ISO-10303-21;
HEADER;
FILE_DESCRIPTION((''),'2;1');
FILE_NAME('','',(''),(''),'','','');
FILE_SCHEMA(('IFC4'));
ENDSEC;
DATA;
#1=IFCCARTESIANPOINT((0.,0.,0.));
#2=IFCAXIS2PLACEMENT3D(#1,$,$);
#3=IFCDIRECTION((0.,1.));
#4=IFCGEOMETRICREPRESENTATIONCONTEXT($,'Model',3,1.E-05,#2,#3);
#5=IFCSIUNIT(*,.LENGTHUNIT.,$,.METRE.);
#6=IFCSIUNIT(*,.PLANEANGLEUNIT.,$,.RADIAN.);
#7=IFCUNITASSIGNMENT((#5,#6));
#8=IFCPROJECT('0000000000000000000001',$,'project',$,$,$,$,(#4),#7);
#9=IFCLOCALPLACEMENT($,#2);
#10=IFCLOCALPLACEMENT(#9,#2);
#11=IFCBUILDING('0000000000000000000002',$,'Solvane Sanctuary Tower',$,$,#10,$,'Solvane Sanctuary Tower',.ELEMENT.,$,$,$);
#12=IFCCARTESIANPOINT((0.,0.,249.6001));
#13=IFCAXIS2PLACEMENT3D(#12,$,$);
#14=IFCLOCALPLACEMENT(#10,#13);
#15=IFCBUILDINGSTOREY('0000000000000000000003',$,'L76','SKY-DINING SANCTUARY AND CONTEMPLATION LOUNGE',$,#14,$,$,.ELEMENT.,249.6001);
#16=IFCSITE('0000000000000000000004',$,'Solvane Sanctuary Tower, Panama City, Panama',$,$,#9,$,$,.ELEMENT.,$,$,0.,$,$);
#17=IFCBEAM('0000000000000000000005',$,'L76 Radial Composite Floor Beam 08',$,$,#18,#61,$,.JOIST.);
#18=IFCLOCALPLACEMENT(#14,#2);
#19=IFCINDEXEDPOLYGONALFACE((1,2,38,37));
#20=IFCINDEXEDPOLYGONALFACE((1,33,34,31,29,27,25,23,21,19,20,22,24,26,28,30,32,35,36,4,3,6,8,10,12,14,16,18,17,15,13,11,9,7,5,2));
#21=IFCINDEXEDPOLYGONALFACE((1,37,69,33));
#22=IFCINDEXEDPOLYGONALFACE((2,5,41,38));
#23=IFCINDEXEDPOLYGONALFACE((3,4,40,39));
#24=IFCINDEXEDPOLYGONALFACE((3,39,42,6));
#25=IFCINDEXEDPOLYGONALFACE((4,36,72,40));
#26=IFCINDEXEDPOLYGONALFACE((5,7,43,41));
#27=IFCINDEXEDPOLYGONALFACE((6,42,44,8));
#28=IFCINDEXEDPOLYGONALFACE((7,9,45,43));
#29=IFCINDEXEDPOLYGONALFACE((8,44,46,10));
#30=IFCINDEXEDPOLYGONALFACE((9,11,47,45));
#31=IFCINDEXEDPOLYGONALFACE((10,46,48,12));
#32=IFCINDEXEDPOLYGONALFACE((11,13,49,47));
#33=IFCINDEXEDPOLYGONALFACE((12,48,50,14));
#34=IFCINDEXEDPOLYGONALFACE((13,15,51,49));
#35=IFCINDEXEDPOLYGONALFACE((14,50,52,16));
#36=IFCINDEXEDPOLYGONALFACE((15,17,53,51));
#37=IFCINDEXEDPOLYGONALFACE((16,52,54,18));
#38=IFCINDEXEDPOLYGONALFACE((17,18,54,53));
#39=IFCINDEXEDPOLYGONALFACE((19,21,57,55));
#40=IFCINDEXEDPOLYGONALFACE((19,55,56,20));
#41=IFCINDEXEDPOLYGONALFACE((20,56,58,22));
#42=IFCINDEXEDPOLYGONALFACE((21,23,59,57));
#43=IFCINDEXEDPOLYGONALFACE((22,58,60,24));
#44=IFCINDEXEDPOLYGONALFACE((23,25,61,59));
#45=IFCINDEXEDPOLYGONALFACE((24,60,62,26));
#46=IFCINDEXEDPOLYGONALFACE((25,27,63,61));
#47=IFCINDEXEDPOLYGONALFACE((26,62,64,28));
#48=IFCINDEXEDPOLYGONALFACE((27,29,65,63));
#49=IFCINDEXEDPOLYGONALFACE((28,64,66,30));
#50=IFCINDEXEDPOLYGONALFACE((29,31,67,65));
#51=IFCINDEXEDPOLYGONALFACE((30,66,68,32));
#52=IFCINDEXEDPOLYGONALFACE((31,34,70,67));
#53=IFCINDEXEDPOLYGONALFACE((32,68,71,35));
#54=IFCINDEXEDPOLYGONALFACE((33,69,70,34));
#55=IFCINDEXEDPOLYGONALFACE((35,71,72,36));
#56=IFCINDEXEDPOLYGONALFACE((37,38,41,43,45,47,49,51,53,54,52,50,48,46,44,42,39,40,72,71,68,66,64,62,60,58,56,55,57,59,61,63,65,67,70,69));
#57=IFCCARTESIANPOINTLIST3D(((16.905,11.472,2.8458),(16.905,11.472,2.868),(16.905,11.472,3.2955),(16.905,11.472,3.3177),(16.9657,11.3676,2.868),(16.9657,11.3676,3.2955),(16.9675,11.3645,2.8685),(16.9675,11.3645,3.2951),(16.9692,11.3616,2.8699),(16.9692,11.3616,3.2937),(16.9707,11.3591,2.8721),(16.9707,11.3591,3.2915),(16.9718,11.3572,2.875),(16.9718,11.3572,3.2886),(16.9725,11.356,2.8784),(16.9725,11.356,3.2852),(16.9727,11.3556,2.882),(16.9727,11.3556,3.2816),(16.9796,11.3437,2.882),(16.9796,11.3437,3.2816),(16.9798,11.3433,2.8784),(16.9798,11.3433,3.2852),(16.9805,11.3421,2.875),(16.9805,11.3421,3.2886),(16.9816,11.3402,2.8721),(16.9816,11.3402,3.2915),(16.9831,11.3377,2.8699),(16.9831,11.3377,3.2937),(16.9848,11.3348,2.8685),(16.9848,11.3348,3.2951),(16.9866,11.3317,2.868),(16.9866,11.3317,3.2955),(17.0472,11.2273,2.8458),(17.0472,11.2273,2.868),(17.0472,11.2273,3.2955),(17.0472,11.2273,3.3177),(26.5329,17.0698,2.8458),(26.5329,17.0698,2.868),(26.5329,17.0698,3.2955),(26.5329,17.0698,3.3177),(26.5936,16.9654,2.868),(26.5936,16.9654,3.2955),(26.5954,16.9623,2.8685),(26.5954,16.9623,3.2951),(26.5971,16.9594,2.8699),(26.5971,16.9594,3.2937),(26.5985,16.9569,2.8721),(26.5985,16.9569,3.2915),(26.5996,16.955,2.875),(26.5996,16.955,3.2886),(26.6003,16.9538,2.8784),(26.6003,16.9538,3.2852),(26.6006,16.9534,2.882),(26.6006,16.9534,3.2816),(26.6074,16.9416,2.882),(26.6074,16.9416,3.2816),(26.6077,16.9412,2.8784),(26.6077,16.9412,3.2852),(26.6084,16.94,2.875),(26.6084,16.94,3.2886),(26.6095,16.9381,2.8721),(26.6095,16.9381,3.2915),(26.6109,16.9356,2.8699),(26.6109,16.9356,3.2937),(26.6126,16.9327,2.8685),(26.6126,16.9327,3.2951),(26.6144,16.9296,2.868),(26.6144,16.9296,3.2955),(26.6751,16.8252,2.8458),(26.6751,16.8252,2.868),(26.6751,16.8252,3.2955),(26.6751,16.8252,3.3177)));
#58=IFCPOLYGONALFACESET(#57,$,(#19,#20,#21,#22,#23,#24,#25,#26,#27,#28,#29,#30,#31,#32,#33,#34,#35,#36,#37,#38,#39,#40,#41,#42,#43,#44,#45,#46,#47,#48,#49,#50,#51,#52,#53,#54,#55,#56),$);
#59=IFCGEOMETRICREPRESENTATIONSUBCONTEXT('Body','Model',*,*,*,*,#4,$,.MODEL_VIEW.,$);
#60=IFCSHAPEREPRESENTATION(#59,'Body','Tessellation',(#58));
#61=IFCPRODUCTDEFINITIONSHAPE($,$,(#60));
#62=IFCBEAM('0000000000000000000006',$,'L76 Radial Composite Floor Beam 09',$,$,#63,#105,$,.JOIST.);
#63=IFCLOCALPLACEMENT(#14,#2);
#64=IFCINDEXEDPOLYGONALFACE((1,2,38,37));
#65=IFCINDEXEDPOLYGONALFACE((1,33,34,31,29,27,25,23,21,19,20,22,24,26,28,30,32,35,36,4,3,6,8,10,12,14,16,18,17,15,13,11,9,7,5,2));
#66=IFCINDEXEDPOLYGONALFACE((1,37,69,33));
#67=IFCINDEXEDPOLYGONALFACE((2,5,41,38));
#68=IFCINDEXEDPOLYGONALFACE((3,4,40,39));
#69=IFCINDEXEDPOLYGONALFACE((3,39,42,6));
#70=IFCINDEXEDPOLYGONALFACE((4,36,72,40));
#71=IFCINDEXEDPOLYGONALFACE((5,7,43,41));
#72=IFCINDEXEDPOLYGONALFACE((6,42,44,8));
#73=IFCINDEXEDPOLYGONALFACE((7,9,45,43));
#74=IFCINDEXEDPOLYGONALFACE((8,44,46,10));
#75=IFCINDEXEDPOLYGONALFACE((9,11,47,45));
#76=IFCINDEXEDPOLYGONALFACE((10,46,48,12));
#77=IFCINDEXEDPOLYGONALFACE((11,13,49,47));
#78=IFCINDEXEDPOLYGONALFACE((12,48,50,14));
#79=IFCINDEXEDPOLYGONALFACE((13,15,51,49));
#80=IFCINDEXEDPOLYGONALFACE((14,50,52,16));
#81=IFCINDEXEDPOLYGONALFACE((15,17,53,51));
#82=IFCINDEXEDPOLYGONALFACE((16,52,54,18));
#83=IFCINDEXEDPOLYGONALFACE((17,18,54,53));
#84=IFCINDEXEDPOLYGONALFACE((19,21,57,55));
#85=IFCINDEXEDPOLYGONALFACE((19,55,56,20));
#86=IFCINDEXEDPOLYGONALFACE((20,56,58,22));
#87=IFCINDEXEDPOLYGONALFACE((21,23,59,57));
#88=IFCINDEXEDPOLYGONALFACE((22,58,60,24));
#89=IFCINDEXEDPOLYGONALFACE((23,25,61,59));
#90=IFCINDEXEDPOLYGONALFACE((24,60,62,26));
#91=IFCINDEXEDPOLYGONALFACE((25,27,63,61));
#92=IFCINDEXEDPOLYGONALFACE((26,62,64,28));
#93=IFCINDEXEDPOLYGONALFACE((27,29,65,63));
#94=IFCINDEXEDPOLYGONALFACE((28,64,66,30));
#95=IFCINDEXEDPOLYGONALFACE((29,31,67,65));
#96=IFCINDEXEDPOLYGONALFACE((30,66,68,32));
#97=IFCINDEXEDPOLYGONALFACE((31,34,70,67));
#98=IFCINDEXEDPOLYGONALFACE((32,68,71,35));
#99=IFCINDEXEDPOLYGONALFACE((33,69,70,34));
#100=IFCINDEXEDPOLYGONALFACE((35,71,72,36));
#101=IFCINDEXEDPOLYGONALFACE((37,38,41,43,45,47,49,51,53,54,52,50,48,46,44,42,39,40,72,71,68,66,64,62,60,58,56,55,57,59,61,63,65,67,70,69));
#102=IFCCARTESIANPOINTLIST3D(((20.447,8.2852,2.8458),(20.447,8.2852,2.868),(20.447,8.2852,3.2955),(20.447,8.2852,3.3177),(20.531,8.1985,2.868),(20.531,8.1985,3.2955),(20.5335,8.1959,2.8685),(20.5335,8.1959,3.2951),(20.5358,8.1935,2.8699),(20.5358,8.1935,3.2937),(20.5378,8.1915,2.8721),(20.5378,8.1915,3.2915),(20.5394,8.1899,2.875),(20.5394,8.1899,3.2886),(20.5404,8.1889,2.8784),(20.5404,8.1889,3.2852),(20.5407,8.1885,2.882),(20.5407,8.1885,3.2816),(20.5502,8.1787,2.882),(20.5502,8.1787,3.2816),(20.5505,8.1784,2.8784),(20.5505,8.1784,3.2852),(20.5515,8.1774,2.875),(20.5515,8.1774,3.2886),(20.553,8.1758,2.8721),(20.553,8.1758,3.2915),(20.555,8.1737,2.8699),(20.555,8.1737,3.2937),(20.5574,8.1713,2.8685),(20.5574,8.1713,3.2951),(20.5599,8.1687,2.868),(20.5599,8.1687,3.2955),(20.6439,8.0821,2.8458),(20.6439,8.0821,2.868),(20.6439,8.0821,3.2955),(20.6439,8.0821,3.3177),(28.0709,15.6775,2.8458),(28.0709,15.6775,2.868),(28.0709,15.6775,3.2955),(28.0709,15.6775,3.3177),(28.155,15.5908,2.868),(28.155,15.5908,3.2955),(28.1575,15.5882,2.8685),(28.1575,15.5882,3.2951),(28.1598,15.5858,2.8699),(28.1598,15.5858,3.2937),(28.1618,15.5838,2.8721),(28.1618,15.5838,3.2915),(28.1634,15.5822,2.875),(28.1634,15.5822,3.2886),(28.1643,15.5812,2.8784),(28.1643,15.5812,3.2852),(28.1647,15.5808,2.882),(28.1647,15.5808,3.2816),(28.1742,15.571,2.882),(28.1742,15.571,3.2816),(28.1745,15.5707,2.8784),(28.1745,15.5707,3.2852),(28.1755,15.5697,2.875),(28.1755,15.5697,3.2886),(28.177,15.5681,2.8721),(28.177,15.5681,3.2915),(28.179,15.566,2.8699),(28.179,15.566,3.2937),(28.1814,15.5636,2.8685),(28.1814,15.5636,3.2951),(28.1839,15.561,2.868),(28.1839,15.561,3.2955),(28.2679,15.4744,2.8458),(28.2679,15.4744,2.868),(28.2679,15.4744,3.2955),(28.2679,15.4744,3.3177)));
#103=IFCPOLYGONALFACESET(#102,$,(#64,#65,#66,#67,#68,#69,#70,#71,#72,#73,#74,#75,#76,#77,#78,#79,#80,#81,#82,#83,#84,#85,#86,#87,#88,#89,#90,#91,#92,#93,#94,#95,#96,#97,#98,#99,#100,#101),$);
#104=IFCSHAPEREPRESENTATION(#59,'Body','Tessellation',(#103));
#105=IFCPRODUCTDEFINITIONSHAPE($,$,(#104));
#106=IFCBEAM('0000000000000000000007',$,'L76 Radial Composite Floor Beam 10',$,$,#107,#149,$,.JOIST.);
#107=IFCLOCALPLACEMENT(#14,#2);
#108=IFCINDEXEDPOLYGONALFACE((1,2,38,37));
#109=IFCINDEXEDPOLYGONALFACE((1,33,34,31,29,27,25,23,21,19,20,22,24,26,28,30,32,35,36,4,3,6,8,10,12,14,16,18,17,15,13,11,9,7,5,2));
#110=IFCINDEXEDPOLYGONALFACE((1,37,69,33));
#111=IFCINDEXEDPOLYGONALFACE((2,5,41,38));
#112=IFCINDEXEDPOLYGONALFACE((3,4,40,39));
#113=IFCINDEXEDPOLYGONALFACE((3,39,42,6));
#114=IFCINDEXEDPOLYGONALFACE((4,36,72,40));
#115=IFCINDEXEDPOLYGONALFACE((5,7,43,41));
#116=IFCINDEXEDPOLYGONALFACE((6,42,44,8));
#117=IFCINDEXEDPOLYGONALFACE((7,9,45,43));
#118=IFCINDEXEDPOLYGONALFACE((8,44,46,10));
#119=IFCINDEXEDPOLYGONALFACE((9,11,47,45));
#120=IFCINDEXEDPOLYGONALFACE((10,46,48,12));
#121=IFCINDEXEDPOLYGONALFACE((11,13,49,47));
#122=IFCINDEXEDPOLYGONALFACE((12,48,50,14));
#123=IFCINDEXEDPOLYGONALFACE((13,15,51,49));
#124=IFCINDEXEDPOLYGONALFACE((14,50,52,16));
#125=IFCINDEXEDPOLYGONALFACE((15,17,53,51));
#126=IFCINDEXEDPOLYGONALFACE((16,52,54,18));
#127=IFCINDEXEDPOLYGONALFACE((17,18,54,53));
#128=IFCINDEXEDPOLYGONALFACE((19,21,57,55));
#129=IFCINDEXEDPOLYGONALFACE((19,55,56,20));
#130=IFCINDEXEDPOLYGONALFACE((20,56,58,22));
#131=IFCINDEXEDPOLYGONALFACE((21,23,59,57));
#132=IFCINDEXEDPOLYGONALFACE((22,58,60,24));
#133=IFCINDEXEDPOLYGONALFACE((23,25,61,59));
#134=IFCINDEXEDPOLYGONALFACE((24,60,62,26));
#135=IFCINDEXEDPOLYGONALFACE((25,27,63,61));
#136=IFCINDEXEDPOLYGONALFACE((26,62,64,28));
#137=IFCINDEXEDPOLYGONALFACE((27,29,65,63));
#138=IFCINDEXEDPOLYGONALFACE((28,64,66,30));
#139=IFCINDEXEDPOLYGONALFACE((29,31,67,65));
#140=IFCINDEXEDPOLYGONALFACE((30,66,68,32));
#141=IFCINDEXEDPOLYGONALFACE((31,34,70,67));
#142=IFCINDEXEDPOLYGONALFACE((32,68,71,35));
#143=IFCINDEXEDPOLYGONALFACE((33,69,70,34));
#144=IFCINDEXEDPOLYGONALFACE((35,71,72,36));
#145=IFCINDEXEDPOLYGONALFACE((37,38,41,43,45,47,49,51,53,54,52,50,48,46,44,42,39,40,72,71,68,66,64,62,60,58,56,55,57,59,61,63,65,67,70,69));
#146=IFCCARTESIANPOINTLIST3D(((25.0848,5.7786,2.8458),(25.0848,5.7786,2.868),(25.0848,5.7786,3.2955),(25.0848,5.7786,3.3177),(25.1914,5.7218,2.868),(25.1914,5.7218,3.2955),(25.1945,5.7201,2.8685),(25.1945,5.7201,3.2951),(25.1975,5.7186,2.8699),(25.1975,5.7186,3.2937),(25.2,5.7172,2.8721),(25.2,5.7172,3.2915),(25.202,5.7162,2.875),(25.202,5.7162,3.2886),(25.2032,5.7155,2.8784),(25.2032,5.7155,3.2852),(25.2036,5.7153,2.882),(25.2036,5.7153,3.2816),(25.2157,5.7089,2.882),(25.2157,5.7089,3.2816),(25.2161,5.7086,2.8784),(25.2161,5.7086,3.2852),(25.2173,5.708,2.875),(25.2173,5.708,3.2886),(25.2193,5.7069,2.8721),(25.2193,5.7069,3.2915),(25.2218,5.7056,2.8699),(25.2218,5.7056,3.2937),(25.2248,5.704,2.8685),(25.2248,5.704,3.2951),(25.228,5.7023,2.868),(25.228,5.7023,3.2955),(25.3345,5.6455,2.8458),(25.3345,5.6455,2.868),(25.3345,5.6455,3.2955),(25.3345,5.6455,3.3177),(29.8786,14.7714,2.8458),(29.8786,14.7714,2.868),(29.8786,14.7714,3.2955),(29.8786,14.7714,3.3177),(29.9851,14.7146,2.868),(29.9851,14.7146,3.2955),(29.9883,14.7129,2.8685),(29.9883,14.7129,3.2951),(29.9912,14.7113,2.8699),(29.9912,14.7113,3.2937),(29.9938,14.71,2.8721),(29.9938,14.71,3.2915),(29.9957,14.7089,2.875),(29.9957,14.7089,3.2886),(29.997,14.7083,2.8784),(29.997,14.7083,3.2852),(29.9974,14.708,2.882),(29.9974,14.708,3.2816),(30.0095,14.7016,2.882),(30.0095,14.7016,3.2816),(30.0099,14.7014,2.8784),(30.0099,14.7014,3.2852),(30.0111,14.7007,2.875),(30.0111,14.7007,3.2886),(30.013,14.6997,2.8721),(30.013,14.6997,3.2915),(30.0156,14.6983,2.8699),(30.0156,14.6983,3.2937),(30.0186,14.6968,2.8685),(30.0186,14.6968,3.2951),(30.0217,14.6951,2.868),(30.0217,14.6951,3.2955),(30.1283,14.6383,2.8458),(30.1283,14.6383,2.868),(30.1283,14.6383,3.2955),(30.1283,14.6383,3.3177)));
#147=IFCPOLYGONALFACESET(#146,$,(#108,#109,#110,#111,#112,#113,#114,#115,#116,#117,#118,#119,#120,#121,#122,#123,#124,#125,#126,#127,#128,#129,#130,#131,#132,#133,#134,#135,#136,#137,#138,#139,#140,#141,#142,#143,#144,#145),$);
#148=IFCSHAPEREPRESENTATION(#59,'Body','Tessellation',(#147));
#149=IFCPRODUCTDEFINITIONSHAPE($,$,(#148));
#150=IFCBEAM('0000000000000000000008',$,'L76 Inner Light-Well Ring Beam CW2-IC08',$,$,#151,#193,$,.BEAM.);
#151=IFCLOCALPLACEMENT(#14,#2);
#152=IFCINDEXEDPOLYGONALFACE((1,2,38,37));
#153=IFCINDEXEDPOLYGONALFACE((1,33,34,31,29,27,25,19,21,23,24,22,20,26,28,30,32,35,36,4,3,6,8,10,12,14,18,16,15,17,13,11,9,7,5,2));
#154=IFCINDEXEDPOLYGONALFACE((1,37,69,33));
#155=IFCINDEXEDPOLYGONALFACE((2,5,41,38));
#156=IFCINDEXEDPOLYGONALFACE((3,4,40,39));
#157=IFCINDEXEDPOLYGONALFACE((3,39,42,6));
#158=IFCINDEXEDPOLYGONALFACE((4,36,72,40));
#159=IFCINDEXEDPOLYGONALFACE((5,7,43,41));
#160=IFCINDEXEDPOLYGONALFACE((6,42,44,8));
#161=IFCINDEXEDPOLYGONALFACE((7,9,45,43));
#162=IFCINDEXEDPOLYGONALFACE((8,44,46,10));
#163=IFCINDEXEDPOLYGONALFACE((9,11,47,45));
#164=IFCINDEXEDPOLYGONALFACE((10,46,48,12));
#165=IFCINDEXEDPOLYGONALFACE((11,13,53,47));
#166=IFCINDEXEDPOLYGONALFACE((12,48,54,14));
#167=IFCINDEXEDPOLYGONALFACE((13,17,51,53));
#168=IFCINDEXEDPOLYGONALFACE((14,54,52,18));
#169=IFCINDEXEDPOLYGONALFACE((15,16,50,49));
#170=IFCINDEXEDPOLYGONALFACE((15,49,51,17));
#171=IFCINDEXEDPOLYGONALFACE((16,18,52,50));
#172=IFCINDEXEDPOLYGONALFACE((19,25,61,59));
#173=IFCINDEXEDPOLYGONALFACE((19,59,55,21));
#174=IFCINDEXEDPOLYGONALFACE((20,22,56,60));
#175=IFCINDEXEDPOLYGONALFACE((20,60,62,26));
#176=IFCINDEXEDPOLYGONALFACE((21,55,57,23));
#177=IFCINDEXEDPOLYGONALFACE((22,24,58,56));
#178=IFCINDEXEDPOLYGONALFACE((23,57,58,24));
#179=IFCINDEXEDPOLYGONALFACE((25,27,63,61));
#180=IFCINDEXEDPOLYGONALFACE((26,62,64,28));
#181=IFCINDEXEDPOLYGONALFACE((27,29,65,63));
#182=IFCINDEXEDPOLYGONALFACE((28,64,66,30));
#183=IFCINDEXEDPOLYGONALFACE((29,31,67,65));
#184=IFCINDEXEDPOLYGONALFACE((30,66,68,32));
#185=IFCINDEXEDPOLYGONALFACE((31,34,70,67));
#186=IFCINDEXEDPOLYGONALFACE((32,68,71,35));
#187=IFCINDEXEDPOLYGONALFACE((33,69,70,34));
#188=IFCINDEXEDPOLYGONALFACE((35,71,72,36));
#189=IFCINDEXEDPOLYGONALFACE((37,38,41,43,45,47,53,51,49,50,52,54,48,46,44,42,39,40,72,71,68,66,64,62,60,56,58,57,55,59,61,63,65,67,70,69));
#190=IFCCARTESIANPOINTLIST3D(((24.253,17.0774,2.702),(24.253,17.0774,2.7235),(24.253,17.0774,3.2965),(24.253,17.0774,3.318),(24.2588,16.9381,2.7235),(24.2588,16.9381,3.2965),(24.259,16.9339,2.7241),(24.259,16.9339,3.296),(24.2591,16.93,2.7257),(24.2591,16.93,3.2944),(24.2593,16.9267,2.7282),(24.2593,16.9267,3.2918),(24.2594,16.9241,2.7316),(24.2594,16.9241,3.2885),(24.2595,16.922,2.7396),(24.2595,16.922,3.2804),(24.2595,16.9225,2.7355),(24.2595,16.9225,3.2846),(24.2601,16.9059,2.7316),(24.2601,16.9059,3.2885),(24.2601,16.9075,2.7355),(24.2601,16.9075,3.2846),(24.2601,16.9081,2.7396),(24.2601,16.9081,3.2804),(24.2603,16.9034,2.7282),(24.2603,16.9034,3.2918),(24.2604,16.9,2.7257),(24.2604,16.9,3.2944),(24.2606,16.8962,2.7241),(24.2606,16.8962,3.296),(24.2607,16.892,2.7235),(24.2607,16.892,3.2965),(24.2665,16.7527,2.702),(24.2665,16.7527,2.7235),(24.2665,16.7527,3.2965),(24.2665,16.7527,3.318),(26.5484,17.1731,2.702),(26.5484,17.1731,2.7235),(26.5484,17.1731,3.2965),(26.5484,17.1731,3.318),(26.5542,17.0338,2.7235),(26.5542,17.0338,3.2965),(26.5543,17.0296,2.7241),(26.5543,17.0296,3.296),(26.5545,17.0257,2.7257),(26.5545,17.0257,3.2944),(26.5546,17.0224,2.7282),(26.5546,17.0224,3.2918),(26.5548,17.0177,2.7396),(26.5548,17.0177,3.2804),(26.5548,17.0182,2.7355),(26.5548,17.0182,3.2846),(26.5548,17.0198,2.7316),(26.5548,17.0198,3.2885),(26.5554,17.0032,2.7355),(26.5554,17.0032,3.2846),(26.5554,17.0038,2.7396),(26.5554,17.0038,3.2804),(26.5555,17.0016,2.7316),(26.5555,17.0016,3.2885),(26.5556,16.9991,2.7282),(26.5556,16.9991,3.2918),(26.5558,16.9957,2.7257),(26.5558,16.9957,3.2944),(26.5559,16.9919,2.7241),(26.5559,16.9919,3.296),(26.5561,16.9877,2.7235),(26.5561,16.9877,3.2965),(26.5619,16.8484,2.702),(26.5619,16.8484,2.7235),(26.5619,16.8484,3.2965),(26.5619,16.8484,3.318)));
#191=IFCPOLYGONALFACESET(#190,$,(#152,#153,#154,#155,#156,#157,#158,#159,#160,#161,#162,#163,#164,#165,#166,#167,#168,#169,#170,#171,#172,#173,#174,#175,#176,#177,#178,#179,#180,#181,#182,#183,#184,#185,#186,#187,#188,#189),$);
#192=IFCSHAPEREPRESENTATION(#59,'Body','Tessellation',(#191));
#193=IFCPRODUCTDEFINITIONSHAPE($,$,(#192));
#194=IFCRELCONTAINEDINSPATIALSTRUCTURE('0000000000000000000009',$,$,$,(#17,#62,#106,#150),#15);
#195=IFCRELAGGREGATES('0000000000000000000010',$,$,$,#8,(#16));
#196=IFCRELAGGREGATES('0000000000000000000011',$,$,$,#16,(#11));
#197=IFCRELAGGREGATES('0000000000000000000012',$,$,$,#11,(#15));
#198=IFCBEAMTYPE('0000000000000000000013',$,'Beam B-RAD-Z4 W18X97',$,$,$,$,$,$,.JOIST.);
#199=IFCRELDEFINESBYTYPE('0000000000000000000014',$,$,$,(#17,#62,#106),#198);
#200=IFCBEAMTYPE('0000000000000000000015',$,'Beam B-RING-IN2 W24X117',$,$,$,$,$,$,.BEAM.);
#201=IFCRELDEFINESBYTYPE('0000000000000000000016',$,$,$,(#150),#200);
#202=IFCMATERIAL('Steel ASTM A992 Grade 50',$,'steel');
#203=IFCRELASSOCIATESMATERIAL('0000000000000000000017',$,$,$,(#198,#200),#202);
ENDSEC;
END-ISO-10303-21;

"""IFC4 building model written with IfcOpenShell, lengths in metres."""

from ifc_helpers import new_model, si_unit, direction, frame, origin, origin_2d, place, context, subcontext, project, spatial, i_section, extrude, material, material_profile, profile_set, type_object, element, save


model = new_model("IFC4")

# Units and contexts
model_context = context("Model", 3, precision=1e-05, world=origin(), true_north=direction((0.0, 1.0)))
body_context = subcontext(model_context, "Body", "Model", "MODEL_VIEW")
ifc_project = project(units=[si_unit("LENGTHUNIT", "METRE"), si_unit("PLANEANGLEUNIT", "RADIAN")], contexts=[model_context])

# Site, building, storey
site_placement = place(None, origin())
site = spatial("IfcSite", under=ifc_project, at=site_placement, Name="Solvane Sanctuary Tower, Panama City, Panama", CompositionType="ELEMENT", RefElevation=0.0)
building_placement = place(site_placement, origin())
building = spatial("IfcBuilding", under=site, at=building_placement, Name="Solvane Sanctuary Tower", LongName="Solvane Sanctuary Tower", CompositionType="ELEMENT")
storey_placement = place(building_placement, frame((0.0, 0.0, 249.6001)))
storey = spatial("IfcBuildingStorey", under=building, at=storey_placement, Name="L76", Description="SKY-DINING SANCTUARY AND CONTEMPLATION LOUNGE", CompositionType="ELEMENT", Elevation=249.6001)

# Beams
ifc_material_1 = material(Name="Steel ASTM A992 Grade 50", Category="steel")
ifc_material_profile_1 = material_profile(ifc_material_1, i_section(OverallWidth=0.283, OverallDepth=0.4719, WebThickness=0.0137, FlangeThickness=0.0222, FilletRadius=0.0139, at=origin_2d()), Name="W18X97")
ifc_profile_set_1 = profile_set([ifc_material_profile_1], Name="Steel ASTM A992 Grade 50")
beam_type_1 = type_object("IfcBeamType", Name="Beam B-RAD-Z4 W18X97", PredefinedType="JOIST", material=ifc_profile_set_1)
beam_1_placement = place(storey_placement, frame((26.604, 16.9475, 3.0818), z_axis=(-0.864497, -0.502638, 0.0), x_axis=(0.502638, -0.864497, 0.0)))
element("IfcBeam", 1, at=beam_1_placement, inside=storey, type_object=beam_type_1, Name="L76 Radial Composite Floor Beam 08", PredefinedType="JOIST", context=body_context, shape_type="SweptSolid", body=[
    extrude(i_section(OverallWidth=0.283, OverallDepth=0.4719, WebThickness=0.0137, FlangeThickness=0.0222, FilletRadius=0.0139, at=origin_2d()), origin(), (0.0, 0.0, 1.0), 11.137),
])
beam_2_placement = place(storey_placement, frame((28.1694, 15.5759, 3.0818), z_axis=(-0.717931, -0.696114, 0.0), x_axis=(0.696114, -0.717931, 0.0)))
element("IfcBeam", 2, at=beam_2_placement, inside=storey, type_object=beam_type_1, Name="L76 Radial Composite Floor Beam 09", PredefinedType="JOIST", context=body_context, shape_type="SweptSolid", body=[
    extrude(i_section(OverallWidth=0.283, OverallDepth=0.4719, WebThickness=0.0137, FlangeThickness=0.0222, FilletRadius=0.0139, at=origin_2d()), origin(), (0.0, 0.0, 1.0), 10.6194),
])
beam_3_placement = place(storey_placement, frame((30.0034, 14.7048, 3.0818), z_axis=(-0.470405, -0.88245, 0.0), x_axis=(0.88245, -0.470405, 0.0)))
element("IfcBeam", 3, at=beam_3_placement, inside=storey, type_object=beam_type_1, Name="L76 Radial Composite Floor Beam 10", PredefinedType="JOIST", context=body_context, shape_type="SweptSolid", body=[
    extrude(i_section(OverallWidth=0.283, OverallDepth=0.4719, WebThickness=0.0137, FlangeThickness=0.0222, FilletRadius=0.0139, at=origin_2d()), origin(), (0.0, 0.0, 1.0), 10.1907),
])
ifc_material_profile_2 = material_profile(ifc_material_1, i_section(OverallWidth=0.325, OverallDepth=0.616, WebThickness=0.0139, FlangeThickness=0.0215, FilletRadius=0.0161, at=origin_2d()), Name="W24X117")
ifc_profile_set_2 = profile_set([ifc_material_profile_2], Name="Steel ASTM A992 Grade 50")
beam_type_2 = type_object("IfcBeamType", Name="Beam B-RING-IN2 W24X117", PredefinedType="BEAM", material=ifc_profile_set_2)
beam_4_placement = place(storey_placement, frame((24.2598, 16.915, 3.01), z_axis=(0.999132, 0.041657, 0.0), x_axis=(-0.041657, 0.999132, 0.0)))
element("IfcBeam", 4, at=beam_4_placement, inside=storey, type_object=beam_type_2, Name="L76 Inner Light-Well Ring Beam CW2-IC08", PredefinedType="BEAM", context=body_context, shape_type="SweptSolid", body=[
    extrude(i_section(OverallWidth=0.325, OverallDepth=0.616, WebThickness=0.0139, FlangeThickness=0.0215, FilletRadius=0.0161, at=origin_2d()), origin(), (0.0, 0.0, 1.0), 2.2974),
])

save(model, "model.ifc")
